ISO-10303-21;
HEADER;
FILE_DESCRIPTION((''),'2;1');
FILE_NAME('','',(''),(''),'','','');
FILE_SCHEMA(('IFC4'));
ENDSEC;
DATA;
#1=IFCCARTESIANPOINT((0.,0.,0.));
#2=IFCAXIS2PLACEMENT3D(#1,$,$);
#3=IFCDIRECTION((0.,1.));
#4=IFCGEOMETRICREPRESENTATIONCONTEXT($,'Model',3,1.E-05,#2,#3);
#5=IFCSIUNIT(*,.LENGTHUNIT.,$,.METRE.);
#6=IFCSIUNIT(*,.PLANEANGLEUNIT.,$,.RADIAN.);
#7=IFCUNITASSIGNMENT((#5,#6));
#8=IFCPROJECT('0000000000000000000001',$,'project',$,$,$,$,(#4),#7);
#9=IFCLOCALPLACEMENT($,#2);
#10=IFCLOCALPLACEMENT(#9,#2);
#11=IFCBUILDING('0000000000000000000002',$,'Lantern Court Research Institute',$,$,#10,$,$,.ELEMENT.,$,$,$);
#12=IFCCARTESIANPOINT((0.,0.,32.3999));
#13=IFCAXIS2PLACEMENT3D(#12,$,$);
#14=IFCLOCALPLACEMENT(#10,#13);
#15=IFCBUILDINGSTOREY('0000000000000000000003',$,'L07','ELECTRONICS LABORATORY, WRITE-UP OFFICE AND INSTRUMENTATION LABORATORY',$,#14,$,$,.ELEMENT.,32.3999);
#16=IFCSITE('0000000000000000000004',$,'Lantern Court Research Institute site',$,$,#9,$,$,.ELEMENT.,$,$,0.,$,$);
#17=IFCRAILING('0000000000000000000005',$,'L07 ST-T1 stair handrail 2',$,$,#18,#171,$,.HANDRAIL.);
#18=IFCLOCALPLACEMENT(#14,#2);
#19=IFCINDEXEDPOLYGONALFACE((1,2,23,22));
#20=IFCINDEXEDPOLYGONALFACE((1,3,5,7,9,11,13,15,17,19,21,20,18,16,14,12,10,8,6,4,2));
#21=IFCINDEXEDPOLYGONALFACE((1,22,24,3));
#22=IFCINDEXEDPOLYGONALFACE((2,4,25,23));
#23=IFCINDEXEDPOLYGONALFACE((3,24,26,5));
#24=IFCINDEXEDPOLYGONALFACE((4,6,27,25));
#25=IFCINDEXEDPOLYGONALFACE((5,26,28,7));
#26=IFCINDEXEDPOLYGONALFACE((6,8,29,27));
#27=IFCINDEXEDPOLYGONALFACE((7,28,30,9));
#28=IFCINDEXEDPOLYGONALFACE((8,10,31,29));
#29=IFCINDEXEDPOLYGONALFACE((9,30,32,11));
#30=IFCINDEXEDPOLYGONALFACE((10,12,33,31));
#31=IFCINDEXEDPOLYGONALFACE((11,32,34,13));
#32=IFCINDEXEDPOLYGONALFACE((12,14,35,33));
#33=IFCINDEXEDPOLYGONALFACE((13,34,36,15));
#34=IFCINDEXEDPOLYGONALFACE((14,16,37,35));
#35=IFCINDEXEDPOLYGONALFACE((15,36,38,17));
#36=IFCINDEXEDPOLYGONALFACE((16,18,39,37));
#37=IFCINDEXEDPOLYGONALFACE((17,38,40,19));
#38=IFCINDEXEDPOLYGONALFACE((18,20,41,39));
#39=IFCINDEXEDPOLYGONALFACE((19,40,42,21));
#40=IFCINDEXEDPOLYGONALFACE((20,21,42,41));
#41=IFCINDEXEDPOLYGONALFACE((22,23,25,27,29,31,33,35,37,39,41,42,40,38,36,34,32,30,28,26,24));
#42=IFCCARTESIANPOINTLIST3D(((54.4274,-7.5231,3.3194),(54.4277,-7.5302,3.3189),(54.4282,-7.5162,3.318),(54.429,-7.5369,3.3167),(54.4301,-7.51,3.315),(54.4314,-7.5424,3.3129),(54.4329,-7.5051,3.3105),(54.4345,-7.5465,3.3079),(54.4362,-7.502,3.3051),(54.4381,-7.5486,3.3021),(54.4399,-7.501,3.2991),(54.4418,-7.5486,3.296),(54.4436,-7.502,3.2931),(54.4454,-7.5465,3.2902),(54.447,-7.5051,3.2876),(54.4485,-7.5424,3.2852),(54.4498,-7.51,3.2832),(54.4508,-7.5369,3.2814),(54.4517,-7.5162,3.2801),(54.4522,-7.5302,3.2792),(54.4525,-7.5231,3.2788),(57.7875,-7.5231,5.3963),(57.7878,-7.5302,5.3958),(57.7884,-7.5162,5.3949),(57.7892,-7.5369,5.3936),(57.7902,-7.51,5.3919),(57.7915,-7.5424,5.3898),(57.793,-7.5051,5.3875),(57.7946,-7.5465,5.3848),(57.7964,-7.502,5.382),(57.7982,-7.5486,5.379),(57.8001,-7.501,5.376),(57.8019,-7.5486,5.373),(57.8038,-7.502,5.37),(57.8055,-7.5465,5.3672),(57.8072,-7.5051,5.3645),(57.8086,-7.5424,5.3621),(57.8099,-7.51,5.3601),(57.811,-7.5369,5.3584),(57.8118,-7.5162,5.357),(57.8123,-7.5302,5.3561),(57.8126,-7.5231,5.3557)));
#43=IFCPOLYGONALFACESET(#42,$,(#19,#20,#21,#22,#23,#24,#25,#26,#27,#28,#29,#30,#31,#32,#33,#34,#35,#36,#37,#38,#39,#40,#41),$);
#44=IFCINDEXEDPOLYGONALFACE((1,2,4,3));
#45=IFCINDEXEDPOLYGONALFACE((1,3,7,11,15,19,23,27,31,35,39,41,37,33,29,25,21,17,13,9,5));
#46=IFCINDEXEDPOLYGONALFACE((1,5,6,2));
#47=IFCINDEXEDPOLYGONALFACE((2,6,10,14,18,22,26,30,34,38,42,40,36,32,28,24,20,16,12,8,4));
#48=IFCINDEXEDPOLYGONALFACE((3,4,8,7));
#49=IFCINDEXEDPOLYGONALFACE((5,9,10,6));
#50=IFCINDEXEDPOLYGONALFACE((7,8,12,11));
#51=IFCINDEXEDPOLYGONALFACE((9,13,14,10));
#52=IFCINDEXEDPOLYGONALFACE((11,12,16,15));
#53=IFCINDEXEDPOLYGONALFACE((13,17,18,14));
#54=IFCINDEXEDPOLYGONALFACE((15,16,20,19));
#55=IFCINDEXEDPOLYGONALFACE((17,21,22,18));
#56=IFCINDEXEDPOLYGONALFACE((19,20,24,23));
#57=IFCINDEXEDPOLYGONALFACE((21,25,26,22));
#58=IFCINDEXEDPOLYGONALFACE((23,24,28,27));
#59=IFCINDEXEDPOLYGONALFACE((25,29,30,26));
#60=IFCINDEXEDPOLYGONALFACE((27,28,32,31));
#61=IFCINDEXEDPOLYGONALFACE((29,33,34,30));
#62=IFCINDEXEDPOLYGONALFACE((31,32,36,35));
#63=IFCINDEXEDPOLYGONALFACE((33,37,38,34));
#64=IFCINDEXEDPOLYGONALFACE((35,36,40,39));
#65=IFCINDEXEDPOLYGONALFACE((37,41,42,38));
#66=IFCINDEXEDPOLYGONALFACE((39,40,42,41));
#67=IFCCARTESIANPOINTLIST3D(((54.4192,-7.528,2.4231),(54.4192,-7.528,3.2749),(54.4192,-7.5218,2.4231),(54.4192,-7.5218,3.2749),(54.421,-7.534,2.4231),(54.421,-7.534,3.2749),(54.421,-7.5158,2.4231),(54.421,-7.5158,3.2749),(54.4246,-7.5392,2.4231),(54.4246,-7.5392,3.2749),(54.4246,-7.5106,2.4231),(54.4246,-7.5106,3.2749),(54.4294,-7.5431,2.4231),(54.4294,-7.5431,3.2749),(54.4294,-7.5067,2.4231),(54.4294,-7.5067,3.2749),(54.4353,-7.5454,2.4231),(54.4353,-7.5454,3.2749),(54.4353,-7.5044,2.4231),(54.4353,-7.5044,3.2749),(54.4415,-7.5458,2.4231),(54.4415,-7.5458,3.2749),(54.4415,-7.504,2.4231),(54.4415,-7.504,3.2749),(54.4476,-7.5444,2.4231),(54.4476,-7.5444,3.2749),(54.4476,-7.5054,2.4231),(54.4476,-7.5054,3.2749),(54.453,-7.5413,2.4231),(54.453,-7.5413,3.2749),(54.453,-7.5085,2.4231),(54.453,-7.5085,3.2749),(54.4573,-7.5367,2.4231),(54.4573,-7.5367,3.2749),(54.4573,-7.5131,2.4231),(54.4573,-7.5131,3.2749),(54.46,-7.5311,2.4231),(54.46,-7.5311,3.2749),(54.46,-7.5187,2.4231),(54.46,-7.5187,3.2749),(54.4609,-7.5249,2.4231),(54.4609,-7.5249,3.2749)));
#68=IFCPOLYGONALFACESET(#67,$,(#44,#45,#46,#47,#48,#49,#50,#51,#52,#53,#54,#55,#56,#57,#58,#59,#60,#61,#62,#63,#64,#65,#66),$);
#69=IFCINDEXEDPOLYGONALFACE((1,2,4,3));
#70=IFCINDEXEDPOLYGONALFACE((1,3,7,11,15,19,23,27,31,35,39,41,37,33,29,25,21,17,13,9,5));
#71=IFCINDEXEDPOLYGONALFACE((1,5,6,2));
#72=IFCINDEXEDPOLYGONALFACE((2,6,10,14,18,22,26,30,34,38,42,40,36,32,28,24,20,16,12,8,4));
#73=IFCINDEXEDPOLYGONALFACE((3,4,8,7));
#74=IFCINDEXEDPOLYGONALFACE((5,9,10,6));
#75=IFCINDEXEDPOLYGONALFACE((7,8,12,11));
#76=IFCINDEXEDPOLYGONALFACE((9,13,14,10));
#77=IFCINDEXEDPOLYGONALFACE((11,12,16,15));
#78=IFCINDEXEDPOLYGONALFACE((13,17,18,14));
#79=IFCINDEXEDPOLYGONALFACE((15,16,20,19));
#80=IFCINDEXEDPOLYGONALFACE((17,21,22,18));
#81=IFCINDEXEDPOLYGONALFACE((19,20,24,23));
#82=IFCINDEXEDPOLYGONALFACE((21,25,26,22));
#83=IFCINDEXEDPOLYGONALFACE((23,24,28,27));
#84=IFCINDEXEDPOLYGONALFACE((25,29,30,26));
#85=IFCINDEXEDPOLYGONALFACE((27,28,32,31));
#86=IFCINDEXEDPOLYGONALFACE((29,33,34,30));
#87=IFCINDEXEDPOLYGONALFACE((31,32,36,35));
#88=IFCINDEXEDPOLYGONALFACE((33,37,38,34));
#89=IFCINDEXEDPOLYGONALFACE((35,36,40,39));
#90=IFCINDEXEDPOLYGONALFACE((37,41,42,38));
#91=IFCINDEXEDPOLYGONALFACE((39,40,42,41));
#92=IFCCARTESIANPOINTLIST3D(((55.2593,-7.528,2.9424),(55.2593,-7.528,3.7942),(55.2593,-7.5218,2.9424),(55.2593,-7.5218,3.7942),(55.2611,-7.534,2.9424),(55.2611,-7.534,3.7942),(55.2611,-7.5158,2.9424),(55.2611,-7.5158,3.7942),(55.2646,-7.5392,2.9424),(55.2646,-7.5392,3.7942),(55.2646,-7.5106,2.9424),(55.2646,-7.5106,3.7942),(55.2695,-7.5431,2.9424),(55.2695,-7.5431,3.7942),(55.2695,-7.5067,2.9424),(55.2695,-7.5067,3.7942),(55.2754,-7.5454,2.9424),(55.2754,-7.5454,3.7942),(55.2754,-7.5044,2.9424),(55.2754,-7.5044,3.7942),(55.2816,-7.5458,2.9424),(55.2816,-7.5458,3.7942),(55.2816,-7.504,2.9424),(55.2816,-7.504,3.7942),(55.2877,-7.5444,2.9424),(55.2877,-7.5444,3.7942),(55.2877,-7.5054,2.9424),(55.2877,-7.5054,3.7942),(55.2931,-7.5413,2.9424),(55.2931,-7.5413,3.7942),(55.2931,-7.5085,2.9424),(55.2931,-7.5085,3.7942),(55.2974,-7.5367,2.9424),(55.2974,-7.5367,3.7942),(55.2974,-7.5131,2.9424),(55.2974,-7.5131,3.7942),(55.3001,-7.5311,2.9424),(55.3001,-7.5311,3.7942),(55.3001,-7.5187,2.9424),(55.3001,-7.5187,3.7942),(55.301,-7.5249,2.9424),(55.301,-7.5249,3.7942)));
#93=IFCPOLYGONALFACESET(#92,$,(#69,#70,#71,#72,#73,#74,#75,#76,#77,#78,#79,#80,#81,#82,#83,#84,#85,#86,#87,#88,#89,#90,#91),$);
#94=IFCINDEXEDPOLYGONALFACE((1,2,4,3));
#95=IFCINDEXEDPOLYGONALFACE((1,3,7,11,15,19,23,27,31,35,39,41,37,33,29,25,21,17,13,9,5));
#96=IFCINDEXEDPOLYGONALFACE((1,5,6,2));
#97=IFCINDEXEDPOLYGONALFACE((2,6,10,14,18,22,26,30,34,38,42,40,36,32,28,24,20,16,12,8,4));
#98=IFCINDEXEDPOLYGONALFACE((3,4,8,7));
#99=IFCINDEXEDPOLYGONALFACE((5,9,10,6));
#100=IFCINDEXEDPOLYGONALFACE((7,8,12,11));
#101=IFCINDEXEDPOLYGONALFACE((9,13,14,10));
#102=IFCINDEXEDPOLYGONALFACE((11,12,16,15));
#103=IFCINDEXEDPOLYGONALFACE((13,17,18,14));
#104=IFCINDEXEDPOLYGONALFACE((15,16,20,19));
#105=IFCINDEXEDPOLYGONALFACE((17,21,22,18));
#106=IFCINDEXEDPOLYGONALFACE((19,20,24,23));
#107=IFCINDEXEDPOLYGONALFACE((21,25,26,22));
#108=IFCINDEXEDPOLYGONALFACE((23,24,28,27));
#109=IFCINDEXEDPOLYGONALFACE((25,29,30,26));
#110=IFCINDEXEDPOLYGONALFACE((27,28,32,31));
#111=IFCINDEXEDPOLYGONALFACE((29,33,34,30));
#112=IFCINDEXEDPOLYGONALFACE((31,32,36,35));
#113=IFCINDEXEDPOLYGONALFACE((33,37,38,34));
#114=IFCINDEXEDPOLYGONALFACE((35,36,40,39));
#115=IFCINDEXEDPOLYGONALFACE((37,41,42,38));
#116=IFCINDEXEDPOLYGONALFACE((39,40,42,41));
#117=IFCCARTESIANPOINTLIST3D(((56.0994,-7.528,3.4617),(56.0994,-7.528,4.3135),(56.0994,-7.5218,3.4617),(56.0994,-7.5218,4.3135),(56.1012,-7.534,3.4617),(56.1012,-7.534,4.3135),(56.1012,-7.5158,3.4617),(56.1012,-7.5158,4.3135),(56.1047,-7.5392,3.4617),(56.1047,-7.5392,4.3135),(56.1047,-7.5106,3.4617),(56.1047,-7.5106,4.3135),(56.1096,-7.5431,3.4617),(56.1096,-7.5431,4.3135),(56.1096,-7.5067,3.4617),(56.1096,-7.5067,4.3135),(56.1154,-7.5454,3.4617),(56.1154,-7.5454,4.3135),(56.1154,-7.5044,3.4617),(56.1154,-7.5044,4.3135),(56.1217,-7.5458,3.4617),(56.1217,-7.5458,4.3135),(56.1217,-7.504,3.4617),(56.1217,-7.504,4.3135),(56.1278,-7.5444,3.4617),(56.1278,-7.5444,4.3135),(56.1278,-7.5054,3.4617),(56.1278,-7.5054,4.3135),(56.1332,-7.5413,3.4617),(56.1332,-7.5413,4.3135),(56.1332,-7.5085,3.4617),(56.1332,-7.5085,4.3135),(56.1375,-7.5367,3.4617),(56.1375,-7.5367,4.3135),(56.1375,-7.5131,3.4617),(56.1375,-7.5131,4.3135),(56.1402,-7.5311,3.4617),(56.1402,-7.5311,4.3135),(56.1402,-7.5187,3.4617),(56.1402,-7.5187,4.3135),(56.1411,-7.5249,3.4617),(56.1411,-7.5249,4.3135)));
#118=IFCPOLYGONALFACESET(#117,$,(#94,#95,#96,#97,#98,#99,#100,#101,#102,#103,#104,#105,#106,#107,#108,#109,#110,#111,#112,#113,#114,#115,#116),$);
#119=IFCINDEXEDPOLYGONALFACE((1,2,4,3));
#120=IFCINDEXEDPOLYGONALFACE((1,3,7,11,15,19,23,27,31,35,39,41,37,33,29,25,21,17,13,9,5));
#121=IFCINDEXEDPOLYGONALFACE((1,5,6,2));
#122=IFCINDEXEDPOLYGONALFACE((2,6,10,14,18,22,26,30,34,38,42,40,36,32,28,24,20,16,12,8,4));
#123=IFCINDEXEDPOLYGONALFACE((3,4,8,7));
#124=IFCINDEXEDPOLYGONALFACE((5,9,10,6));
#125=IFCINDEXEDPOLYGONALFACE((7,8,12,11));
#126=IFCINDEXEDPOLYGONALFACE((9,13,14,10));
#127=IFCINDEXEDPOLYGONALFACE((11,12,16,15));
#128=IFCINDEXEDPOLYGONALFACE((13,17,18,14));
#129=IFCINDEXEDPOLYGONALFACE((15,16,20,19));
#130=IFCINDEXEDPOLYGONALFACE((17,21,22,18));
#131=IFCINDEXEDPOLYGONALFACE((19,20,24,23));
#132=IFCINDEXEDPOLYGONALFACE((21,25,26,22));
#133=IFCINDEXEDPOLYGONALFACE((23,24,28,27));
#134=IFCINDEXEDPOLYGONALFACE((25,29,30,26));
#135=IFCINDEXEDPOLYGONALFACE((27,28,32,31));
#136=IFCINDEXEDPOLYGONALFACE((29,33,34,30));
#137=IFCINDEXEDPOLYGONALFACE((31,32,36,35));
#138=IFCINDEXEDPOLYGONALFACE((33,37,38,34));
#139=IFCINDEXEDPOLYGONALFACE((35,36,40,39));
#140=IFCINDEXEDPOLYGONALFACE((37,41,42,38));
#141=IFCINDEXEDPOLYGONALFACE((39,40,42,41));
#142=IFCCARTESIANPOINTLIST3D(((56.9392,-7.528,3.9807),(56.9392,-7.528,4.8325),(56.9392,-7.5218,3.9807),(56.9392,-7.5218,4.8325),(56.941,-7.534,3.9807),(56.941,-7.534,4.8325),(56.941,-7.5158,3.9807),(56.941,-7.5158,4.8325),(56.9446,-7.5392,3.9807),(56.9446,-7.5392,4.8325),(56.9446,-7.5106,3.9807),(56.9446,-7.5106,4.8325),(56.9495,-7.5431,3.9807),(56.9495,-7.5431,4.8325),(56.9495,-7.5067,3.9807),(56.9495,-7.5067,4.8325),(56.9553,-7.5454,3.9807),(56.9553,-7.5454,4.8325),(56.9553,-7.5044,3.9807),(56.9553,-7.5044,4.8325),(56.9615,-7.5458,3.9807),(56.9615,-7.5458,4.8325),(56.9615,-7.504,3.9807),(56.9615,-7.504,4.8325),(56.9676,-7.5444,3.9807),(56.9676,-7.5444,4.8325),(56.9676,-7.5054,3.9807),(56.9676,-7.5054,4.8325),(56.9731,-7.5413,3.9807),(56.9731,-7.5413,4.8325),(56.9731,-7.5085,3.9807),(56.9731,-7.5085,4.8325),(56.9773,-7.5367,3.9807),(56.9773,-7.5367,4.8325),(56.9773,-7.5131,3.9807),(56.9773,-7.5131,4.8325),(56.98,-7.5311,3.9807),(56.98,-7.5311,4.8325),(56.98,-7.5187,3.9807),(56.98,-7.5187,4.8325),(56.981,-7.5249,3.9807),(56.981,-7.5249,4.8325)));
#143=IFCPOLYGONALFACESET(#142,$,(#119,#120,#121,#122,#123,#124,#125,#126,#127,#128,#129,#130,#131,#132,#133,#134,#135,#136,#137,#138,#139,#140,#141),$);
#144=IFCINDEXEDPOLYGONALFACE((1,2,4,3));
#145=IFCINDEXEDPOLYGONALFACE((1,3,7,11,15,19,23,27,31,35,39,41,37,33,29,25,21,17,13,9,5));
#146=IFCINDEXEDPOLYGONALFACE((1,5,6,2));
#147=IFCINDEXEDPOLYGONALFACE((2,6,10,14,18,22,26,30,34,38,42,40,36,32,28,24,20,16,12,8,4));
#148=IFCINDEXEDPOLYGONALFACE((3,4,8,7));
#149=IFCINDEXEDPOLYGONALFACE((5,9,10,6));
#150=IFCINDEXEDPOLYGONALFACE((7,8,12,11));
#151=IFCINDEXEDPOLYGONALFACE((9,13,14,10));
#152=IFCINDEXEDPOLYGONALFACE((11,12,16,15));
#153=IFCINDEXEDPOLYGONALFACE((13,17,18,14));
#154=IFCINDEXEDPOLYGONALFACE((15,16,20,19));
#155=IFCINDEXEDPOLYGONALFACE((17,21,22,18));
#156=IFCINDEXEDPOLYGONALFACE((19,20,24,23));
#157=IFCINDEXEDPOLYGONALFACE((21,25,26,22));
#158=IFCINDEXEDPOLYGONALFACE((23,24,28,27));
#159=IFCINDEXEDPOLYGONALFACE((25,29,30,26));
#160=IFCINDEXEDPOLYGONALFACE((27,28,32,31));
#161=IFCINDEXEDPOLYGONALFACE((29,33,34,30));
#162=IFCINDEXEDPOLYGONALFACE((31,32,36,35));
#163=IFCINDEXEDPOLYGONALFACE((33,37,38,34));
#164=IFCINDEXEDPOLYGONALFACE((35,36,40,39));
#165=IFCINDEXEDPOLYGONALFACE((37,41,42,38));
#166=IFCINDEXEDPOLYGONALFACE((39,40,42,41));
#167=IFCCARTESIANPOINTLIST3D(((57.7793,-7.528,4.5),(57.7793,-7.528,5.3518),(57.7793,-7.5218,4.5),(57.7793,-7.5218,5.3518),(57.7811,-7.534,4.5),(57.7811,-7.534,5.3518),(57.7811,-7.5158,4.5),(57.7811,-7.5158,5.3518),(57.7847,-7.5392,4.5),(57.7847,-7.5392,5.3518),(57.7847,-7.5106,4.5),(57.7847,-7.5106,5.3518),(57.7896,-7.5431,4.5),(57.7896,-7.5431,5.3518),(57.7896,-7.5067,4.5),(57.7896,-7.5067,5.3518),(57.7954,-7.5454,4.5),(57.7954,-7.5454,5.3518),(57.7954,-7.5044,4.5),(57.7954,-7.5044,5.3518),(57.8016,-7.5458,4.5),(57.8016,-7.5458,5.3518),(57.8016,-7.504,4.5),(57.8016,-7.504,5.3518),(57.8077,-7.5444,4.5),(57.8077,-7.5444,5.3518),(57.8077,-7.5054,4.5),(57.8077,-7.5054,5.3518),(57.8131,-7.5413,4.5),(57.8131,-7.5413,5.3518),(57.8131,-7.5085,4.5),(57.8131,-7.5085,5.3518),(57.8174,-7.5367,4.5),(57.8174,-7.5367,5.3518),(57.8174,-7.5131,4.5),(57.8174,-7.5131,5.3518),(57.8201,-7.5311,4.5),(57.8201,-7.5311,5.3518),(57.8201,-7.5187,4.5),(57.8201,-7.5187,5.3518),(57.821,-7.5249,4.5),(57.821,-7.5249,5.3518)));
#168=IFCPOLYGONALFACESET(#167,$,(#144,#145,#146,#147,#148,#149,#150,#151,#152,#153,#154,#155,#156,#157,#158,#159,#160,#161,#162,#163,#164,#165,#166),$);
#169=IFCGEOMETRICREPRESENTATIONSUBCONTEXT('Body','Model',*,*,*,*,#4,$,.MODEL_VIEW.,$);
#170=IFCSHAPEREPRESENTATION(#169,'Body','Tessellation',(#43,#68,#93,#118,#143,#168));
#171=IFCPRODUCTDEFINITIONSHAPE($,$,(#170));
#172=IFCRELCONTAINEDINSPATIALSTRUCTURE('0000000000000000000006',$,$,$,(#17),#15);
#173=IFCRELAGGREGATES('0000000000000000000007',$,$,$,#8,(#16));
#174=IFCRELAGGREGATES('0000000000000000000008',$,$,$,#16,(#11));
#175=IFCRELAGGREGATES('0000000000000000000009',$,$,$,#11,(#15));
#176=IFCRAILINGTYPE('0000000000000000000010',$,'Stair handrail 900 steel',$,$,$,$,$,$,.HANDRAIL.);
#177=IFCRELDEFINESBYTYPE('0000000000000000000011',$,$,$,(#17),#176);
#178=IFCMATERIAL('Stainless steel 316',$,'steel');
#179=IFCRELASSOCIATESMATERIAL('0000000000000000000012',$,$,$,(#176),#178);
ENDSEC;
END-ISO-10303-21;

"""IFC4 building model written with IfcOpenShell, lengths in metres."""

from ifc_helpers import new_model, si_unit, direction, frame, origin, origin_2d, place, context, subcontext, project, spatial, circle, extrude, material, type_object, element, save


model = new_model("IFC4")

# Units and contexts
model_context = context("Model", 3, precision=1e-05, world=origin(), true_north=direction((0.0, 1.0)))
body_context = subcontext(model_context, "Body", "Model", "MODEL_VIEW")
ifc_project = project(units=[si_unit("LENGTHUNIT", "METRE"), si_unit("PLANEANGLEUNIT", "RADIAN")], contexts=[model_context])

# Site, building, storey
site_placement = place(None, origin())
site = spatial("IfcSite", under=ifc_project, at=site_placement, Name="Lantern Court Research Institute site", CompositionType="ELEMENT", RefElevation=0.0)
building_placement = place(site_placement, origin())
building = spatial("IfcBuilding", under=site, at=building_placement, Name="Lantern Court Research Institute", CompositionType="ELEMENT")
storey_placement = place(building_placement, frame((0.0, 0.0, 32.3999)))
storey = spatial("IfcBuildingStorey", under=building, at=storey_placement, Name="L07", Description="ELECTRONICS LABORATORY, WRITE-UP OFFICE AND INSTRUMENTATION LABORATORY", CompositionType="ELEMENT", Elevation=32.3999)

# Railing
ifc_material_1 = material(Name="Stainless steel 316", Category="steel")
railing_type_1 = type_object("IfcRailingType", Name="Stair handrail 900 steel", PredefinedType="HANDRAIL", material=ifc_material_1)
railing_1_placement = place(storey_placement, frame((54.4399, -7.5249, 2.4231)))
element("IfcRailing", 1, at=railing_1_placement, inside=storey, type_object=railing_type_1, Name="L07 ST-T1 stair handrail 2", PredefinedType="HANDRAIL", context=body_context, shape_type="SweptSolid", body=[
    extrude(circle(Radius=0.0239, at=origin_2d()), frame((0.0, 0.0, 0.876), z_axis=(0.850623, 0.0, 0.525776), x_axis=(0.0, 1.0, 0.0)), (0.0, 0.0, 1.0), 3.9502),
    extrude(circle(Radius=0.021, at=origin_2d()), origin(), (0.0, 0.0, 1.0), 0.8518),
    extrude(circle(Radius=0.021, at=origin_2d()), frame((0.8401, 0.0, 0.5193)), (0.0, 0.0, 1.0), 0.8518),
    extrude(circle(Radius=0.021, at=origin_2d()), frame((1.6802, 0.0, 1.0386)), (0.0, 0.0, 1.0), 0.8518),
    extrude(circle(Radius=0.021, at=origin_2d()), frame((2.52, 0.0, 1.5576)), (0.0, 0.0, 1.0), 0.8518),
    extrude(circle(Radius=0.021, at=origin_2d()), frame((3.3601, 0.0, 2.0769)), (0.0, 0.0, 1.0), 0.8518),
])

save(model, "model.ifc")
